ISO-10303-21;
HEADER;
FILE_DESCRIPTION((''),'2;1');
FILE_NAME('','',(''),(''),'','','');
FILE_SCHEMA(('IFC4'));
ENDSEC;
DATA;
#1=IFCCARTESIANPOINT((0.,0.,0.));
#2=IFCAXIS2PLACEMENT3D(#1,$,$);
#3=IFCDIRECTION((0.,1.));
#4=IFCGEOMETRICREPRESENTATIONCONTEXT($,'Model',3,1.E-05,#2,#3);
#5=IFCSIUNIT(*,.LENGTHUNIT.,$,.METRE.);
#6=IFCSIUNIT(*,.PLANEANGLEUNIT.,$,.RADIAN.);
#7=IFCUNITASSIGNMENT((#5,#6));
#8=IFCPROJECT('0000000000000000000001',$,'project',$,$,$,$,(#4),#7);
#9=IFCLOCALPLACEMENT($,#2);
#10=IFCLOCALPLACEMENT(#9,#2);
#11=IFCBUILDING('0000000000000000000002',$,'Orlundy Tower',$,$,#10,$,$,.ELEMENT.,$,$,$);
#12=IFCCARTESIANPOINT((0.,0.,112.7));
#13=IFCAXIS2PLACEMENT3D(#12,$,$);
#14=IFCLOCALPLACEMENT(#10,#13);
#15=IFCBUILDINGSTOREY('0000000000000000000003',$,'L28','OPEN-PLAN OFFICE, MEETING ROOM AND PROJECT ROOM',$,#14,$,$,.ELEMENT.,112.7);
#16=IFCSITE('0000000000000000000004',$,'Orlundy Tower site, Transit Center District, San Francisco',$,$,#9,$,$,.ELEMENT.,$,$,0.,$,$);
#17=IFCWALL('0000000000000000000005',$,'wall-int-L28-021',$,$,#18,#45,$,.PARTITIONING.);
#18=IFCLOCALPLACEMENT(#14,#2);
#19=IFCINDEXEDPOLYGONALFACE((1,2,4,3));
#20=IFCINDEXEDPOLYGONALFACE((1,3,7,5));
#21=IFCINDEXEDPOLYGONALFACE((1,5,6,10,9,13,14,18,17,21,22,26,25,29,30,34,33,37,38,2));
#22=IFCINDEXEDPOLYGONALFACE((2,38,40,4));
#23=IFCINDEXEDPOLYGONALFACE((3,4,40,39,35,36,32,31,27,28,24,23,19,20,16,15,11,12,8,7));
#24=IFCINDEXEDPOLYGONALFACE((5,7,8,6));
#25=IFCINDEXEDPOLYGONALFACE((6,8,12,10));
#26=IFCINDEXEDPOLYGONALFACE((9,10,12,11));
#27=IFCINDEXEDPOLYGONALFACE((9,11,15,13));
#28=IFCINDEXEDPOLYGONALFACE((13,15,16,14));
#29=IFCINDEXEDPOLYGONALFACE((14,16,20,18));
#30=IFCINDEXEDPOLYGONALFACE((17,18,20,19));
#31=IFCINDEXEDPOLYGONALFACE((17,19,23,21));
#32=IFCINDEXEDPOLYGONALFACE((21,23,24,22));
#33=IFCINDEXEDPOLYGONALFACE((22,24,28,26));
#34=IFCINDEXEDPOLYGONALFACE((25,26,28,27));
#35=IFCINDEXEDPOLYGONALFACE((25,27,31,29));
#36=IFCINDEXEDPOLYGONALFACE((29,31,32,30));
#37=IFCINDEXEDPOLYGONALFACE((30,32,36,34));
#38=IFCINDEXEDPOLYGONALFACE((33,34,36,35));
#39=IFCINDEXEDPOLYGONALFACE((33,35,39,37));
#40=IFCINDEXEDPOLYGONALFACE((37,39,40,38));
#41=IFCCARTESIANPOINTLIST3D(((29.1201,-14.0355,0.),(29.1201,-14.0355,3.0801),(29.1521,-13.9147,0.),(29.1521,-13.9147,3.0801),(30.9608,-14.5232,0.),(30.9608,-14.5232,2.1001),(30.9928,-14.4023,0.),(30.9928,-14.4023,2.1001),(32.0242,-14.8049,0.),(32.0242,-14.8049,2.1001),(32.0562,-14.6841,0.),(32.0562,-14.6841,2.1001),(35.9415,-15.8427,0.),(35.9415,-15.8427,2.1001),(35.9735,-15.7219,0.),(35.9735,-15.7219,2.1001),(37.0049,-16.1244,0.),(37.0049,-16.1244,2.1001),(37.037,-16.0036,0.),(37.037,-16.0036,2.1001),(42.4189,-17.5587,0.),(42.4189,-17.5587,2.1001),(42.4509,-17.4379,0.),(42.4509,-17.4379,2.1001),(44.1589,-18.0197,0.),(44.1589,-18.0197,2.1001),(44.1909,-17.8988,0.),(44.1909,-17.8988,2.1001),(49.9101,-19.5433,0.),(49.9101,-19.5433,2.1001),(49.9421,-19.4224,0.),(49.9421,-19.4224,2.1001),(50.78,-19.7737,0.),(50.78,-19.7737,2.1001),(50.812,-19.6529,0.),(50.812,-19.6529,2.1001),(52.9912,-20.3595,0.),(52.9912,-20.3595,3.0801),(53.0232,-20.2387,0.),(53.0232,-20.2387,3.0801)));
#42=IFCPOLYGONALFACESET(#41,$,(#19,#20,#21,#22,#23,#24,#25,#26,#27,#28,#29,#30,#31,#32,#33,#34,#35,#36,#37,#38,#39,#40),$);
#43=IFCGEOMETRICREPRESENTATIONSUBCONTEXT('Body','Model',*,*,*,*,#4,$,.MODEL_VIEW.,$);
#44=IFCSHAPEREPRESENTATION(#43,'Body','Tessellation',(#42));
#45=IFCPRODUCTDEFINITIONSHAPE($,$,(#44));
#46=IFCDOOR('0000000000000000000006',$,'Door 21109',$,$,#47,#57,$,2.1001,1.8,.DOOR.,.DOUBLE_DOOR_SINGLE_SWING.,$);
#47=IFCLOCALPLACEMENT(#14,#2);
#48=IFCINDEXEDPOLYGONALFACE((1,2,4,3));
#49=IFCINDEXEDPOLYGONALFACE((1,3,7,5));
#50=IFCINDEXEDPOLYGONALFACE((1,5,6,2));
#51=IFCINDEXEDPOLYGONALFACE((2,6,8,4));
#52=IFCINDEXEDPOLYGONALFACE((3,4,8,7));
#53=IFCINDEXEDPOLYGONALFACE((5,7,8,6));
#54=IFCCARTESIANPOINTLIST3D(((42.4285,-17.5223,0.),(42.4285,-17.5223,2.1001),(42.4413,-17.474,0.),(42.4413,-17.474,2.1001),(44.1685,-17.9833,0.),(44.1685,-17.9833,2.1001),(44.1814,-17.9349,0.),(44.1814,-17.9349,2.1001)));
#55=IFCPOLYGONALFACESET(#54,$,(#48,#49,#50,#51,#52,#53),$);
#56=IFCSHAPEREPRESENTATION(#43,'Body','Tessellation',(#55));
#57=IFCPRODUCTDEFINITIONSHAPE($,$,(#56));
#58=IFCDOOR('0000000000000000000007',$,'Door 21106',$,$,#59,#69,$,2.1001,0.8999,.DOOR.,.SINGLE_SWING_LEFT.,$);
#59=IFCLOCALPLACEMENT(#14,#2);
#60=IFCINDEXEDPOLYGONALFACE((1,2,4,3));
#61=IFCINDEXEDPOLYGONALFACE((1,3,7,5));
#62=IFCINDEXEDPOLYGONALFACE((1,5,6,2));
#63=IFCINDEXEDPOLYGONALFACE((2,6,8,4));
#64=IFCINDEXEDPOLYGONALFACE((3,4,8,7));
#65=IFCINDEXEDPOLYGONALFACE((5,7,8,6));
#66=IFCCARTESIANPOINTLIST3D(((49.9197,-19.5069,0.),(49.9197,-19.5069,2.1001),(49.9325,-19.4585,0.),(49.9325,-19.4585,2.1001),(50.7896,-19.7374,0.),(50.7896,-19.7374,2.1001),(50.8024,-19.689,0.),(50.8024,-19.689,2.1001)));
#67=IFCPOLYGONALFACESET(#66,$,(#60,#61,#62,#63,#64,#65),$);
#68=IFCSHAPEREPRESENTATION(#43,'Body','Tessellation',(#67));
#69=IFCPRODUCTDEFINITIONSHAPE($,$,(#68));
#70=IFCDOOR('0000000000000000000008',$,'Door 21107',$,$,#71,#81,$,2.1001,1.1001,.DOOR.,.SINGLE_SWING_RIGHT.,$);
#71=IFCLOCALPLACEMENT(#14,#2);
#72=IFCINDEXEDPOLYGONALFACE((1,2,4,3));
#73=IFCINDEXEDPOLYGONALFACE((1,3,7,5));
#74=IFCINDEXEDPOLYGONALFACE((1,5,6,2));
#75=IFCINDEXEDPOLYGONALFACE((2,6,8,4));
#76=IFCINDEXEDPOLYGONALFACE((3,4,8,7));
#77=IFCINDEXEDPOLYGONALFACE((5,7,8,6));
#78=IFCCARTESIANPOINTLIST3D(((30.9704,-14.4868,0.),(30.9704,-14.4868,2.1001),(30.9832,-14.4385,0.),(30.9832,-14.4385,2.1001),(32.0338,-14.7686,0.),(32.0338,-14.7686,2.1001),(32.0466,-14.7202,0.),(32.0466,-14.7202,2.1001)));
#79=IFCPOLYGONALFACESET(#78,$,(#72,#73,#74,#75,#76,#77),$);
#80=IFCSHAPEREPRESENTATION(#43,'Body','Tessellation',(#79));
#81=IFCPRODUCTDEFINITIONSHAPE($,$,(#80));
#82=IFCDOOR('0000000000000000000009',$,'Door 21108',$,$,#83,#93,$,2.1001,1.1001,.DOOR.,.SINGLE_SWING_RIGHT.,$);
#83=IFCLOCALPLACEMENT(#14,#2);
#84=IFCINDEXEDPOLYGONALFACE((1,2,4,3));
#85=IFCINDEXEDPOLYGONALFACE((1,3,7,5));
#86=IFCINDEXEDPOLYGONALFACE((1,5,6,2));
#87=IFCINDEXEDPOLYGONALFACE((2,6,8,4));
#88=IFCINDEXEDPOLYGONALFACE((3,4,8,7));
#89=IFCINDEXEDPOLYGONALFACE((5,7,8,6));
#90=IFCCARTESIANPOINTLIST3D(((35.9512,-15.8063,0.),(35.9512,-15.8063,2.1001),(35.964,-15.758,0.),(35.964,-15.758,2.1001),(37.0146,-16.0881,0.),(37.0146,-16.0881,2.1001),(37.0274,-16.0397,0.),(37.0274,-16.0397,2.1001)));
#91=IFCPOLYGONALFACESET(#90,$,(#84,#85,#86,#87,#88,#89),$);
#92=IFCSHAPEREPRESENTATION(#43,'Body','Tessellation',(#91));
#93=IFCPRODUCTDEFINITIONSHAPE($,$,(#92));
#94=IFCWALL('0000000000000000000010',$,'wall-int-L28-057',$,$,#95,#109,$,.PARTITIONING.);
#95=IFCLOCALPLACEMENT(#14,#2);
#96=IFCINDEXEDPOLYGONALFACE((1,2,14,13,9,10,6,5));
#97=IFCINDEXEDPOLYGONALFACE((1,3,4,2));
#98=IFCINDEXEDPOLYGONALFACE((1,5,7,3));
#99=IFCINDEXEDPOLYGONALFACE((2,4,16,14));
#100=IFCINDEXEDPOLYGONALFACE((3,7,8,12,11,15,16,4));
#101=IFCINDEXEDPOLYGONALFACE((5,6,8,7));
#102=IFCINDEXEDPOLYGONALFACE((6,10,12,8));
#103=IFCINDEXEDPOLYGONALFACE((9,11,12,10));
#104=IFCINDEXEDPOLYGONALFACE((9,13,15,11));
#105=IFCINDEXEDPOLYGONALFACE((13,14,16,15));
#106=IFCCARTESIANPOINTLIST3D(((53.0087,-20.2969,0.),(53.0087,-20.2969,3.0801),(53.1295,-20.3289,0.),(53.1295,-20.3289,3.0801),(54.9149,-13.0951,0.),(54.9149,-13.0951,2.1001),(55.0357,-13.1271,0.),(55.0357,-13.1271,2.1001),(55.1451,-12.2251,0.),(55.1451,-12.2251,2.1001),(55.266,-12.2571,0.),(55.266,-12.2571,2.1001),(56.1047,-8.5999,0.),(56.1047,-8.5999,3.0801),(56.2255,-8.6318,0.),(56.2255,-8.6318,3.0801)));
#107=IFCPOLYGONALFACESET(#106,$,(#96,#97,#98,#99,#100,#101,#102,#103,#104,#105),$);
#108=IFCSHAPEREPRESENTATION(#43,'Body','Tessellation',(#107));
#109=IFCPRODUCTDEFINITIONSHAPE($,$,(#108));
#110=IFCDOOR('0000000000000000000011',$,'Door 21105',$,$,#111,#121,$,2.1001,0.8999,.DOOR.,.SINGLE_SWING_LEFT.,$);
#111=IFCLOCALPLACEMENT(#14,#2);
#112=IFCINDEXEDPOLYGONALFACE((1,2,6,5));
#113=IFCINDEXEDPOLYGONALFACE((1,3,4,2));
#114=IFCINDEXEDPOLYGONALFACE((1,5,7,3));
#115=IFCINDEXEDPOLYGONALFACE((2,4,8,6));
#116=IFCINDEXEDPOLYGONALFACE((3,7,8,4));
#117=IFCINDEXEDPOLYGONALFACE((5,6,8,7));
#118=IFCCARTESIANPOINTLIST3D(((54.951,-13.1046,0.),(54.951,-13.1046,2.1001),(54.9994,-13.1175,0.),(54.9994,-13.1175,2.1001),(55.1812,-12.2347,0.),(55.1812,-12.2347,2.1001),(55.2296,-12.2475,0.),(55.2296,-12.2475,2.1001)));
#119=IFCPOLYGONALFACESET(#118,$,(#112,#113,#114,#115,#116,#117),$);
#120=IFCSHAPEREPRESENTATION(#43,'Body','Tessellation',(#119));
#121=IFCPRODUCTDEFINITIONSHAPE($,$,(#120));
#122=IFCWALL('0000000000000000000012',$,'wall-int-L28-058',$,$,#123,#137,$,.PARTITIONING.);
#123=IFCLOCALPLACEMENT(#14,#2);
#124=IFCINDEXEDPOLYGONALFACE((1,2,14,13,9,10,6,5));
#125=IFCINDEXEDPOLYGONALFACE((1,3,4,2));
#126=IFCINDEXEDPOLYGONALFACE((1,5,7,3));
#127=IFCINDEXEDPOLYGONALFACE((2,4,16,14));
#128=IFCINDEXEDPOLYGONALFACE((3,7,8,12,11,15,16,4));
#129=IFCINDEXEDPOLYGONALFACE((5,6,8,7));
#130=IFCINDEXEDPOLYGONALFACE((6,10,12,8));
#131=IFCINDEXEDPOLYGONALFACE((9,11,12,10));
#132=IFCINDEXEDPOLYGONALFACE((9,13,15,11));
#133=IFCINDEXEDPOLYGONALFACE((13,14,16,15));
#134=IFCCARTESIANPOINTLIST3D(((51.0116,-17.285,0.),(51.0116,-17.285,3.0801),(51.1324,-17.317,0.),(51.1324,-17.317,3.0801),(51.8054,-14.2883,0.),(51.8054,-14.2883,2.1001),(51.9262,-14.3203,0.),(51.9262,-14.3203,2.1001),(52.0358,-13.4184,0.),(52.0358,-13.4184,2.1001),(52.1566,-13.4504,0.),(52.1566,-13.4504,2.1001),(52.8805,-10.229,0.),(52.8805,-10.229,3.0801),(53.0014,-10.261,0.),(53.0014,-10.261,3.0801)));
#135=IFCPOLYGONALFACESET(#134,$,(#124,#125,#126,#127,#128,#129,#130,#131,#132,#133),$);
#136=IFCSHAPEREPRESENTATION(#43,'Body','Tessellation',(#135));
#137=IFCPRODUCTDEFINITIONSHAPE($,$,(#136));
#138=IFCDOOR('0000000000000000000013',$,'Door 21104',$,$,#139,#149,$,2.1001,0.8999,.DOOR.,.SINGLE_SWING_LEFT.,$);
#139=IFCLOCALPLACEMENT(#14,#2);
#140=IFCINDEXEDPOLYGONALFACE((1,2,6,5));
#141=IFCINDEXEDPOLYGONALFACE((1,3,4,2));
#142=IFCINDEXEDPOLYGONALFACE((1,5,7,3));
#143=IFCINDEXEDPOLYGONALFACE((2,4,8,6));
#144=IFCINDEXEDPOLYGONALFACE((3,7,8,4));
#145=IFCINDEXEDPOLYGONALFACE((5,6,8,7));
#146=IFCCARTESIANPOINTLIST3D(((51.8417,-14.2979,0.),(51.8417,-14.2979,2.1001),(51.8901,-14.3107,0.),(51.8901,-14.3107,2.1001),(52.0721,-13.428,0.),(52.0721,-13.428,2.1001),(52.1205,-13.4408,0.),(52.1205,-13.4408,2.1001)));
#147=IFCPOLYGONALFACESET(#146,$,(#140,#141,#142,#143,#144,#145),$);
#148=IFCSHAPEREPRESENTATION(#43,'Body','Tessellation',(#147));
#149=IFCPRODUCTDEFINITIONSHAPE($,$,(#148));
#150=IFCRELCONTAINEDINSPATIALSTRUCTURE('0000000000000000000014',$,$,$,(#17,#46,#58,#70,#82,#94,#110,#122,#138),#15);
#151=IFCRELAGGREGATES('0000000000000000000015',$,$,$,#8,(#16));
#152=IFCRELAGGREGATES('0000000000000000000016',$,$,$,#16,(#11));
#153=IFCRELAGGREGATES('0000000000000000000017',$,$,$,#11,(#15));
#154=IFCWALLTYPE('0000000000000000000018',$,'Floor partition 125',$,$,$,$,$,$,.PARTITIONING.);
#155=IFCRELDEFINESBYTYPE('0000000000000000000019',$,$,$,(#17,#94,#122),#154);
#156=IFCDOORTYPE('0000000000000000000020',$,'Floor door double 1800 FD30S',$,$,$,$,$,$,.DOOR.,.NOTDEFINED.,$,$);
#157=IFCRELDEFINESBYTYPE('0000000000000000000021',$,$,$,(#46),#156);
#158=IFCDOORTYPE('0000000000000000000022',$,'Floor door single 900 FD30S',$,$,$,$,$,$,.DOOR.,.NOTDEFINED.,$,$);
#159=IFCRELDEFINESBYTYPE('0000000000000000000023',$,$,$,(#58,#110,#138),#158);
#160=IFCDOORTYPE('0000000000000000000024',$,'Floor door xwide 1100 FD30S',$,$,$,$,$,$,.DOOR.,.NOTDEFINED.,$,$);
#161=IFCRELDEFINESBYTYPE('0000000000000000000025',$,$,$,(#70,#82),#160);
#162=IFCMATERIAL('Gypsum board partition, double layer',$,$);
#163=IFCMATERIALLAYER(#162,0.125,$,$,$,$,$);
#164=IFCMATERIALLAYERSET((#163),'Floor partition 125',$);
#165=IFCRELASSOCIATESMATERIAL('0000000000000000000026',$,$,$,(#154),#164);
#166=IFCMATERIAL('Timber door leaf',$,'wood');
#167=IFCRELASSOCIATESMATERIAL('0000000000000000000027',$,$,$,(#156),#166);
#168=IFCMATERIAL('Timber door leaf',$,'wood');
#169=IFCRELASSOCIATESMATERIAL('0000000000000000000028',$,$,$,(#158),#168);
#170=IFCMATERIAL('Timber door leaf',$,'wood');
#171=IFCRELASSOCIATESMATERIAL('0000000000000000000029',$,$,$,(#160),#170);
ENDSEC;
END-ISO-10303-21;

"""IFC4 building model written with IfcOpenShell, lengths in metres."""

from ifc_helpers import new_model, si_unit, direction, frame, frame_2d, origin, place, context, subcontext, project, spatial, rectangle, extrude, material, layer, layer_set, type_object, element, fill, save


model = new_model("IFC4")

# Units and contexts
model_context = context("Model", 3, precision=1e-05, world=origin(), true_north=direction((0.0, 1.0)))
body_context = subcontext(model_context, "Body", "Model", "MODEL_VIEW")
ifc_project = project(units=[si_unit("LENGTHUNIT", "METRE"), si_unit("PLANEANGLEUNIT", "RADIAN")], contexts=[model_context])

# Site, building, storey
site_placement = place(None, origin())
site = spatial("IfcSite", under=ifc_project, at=site_placement, Name="Orlundy Tower site, Transit Center District, San Francisco", CompositionType="ELEMENT", RefElevation=0.0)
building_placement = place(site_placement, origin())
building = spatial("IfcBuilding", under=site, at=building_placement, Name="Orlundy Tower", CompositionType="ELEMENT")
storey_placement = place(building_placement, frame((0.0, 0.0, 112.7)))
storey = spatial("IfcBuildingStorey", under=building, at=storey_placement, Name="L28", Description="OPEN-PLAN OFFICE, MEETING ROOM AND PROJECT ROOM", CompositionType="ELEMENT", Elevation=112.7)

# Shared definitions
ifc_material_1 = material(Name="Gypsum board partition, double layer")
ifc_layer_1 = layer(ifc_material_1, 0.125)
ifc_layer_set_1 = layer_set([ifc_layer_1], Name="Floor partition 125")
wall_type_1 = type_object("IfcWallType", Name="Floor partition 125", PredefinedType="PARTITIONING", material=ifc_layer_set_1)

# Wall, openings, doors
wall_1_placement = place(storey_placement, frame((53.0071, -20.2991, 0.0), z_axis=(0.0, 0.0, 1.0), x_axis=(-0.966654, 0.256088, 0.0)))
wall_1 = element("IfcWall", 1, at=wall_1_placement, inside=storey, type_object=wall_type_1, Name="wall-int-L28-021", PredefinedType="PARTITIONING", context=body_context, shape_type="SweptSolid", body=[
    extrude(rectangle(XDim=24.6946, YDim=0.125, at=frame_2d((12.3472, 0.0))), origin(), (0.0, 0.0, 1.0), 3.0801),
])
opening_1_placement = place(wall_1_placement, frame((2.2874, 0.0, 0.0)))
opening_1 = element("IfcOpeningElement", 2, at=opening_1_placement, cuts=wall_1, PredefinedType="OPENING", context=body_context, shape_type="SweptSolid", body=[
    extrude(rectangle(XDim=0.8999, YDim=2.1001, at=frame_2d((0.45, 1.05))), frame((0.0, 0.0725, 0.0), z_axis=(0.0, -1.0, 0.0), x_axis=(1.0, 0.0, 0.0)), (0.0, 0.0, 1.0), 0.145),
])
opening_2_placement = place(wall_1_placement, frame((21.6902, 0.0, 0.0)))
opening_2 = element("IfcOpeningElement", 3, at=opening_2_placement, cuts=wall_1, PredefinedType="OPENING", context=body_context, shape_type="SweptSolid", body=[
    extrude(rectangle(XDim=1.1001, YDim=2.1001, at=frame_2d((0.55, 1.05))), frame((0.0, 0.0725, 0.0), z_axis=(0.0, -1.0, 0.0), x_axis=(1.0, 0.0, 0.0)), (0.0, 0.0, 1.0), 0.145),
])
opening_3_placement = place(wall_1_placement, frame((16.5376, 0.0, 0.0)))
opening_3 = element("IfcOpeningElement", 4, at=opening_3_placement, cuts=wall_1, PredefinedType="OPENING", context=body_context, shape_type="SweptSolid", body=[
    extrude(rectangle(XDim=1.1001, YDim=2.1001, at=frame_2d((0.55, 1.05))), frame((0.0, 0.0725, 0.0), z_axis=(0.0, -1.0, 0.0), x_axis=(1.0, 0.0, 0.0)), (0.0, 0.0, 1.0), 0.145),
])
opening_4_placement = place(wall_1_placement, frame((9.137, 0.0, 0.0)))
opening_4 = element("IfcOpeningElement", 5, at=opening_4_placement, cuts=wall_1, PredefinedType="OPENING", context=body_context, shape_type="SweptSolid", body=[
    extrude(rectangle(XDim=1.8, YDim=2.1001, at=frame_2d((0.8999, 1.05))), frame((0.0, 0.0725, 0.0), z_axis=(0.0, -1.0, 0.0), x_axis=(1.0, 0.0, 0.0)), (0.0, 0.0, 1.0), 0.145),
])
ifc_material_2 = material(Name="Timber door leaf", Category="wood")
door_type_1 = type_object("IfcDoorType", Name="Floor door double 1800 FD30S", OperationType="NOTDEFINED", PredefinedType="DOOR", material=ifc_material_2)
door_1_placement = place(opening_4_placement, origin())
door_1 = element("IfcDoor", 6, at=door_1_placement, inside=storey, type_object=door_type_1, Name="Door 21109", OperationType="DOUBLE_DOOR_SINGLE_SWING", OverallHeight=2.1001, OverallWidth=1.8, PredefinedType="DOOR", context=body_context, shape_type="SweptSolid", body=[
    extrude(rectangle(XDim=1.8, YDim=2.1001, at=frame_2d((0.8999, 1.05))), frame((0.0, 0.0249, 0.0), z_axis=(0.0, -1.0, 0.0), x_axis=(1.0, 0.0, 0.0)), (0.0, 0.0, 1.0), 0.05),
])
fill(opening_4, door_1)
ifc_material_3 = material(Name="Timber door leaf", Category="wood")
door_type_2 = type_object("IfcDoorType", Name="Floor door single 900 FD30S", OperationType="NOTDEFINED", PredefinedType="DOOR", material=ifc_material_3)
door_2_placement = place(opening_1_placement, origin())
door_2 = element("IfcDoor", 7, at=door_2_placement, inside=storey, type_object=door_type_2, Name="Door 21106", OperationType="SINGLE_SWING_LEFT", OverallHeight=2.1001, OverallWidth=0.8999, PredefinedType="DOOR", context=body_context, shape_type="SweptSolid", body=[
    extrude(rectangle(XDim=0.8999, YDim=2.1001, at=frame_2d((0.45, 1.05))), frame((0.0, 0.0249, 0.0), z_axis=(0.0, -1.0, 0.0), x_axis=(1.0, 0.0, 0.0)), (0.0, 0.0, 1.0), 0.05),
])
fill(opening_1, door_2)
ifc_material_4 = material(Name="Timber door leaf", Category="wood")
door_type_3 = type_object("IfcDoorType", Name="Floor door xwide 1100 FD30S", OperationType="NOTDEFINED", PredefinedType="DOOR", material=ifc_material_4)
door_3_placement = place(opening_2_placement, origin())
door_3 = element("IfcDoor", 8, at=door_3_placement, inside=storey, type_object=door_type_3, Name="Door 21107", OperationType="SINGLE_SWING_RIGHT", OverallHeight=2.1001, OverallWidth=1.1001, PredefinedType="DOOR", context=body_context, shape_type="SweptSolid", body=[
    extrude(rectangle(XDim=1.1001, YDim=2.1001, at=frame_2d((0.55, 1.05))), frame((0.0, 0.0249, 0.0), z_axis=(0.0, -1.0, 0.0), x_axis=(1.0, 0.0, 0.0)), (0.0, 0.0, 1.0), 0.05),
])
fill(opening_2, door_3)
door_4_placement = place(opening_3_placement, origin())
door_4 = element("IfcDoor", 9, at=door_4_placement, inside=storey, type_object=door_type_3, Name="Door 21108", OperationType="SINGLE_SWING_RIGHT", OverallHeight=2.1001, OverallWidth=1.1001, PredefinedType="DOOR", context=body_context, shape_type="SweptSolid", body=[
    extrude(rectangle(XDim=1.1001, YDim=2.1001, at=frame_2d((0.55, 1.05))), frame((0.0, 0.0249, 0.0), z_axis=(0.0, -1.0, 0.0), x_axis=(1.0, 0.0, 0.0)), (0.0, 0.0, 1.0), 0.05),
])
fill(opening_3, door_4)

# Walls, openings, doors
wall_2_placement = place(storey_placement, frame((56.165, -8.616, 0.0), z_axis=(0.0, 0.0, 1.0), x_axis=(-0.255868, -0.966712, 0.0)))
wall_2 = element("IfcWall", 10, at=wall_2_placement, inside=storey, type_object=wall_type_1, Name="wall-int-L28-057", PredefinedType="PARTITIONING", context=body_context, shape_type="SweptSolid", body=[
    extrude(rectangle(XDim=12.0999, YDim=0.125, at=frame_2d((6.0498, 0.0))), origin(), (0.0, 0.0, 1.0), 3.0801),
])
opening_5_placement = place(wall_2_placement, frame((3.75, 0.0, 0.0)))
opening_5 = element("IfcOpeningElement", 11, at=opening_5_placement, cuts=wall_2, PredefinedType="OPENING", context=body_context, shape_type="SweptSolid", body=[
    extrude(rectangle(XDim=0.8999, YDim=2.1001, at=frame_2d((0.45, 1.05))), frame((0.0, 0.0725, 0.0), z_axis=(0.0, -1.0, 0.0), x_axis=(1.0, 0.0, 0.0)), (0.0, 0.0, 1.0), 0.145),
])
door_5_placement = place(opening_5_placement, origin())
door_5 = element("IfcDoor", 12, at=door_5_placement, inside=storey, type_object=door_type_2, Name="Door 21105", OperationType="SINGLE_SWING_LEFT", OverallHeight=2.1001, OverallWidth=0.8999, PredefinedType="DOOR", context=body_context, shape_type="SweptSolid", body=[
    extrude(rectangle(XDim=0.8999, YDim=2.1001, at=frame_2d((0.45, 1.05))), frame((0.0, 0.0249, 0.0), z_axis=(0.0, -1.0, 0.0), x_axis=(1.0, 0.0, 0.0)), (0.0, 0.0, 1.0), 0.05),
])
fill(opening_5, door_5)
wall_3_placement = place(storey_placement, frame((51.072, -17.301, 0.0), z_axis=(0.0, 0.0, 1.0), x_axis=(0.256041, 0.966666, 0.0)))
wall_3 = element("IfcWall", 13, at=wall_3_placement, inside=storey, type_object=wall_type_1, Name="wall-int-L28-058", PredefinedType="PARTITIONING", context=body_context, shape_type="SweptSolid", body=[
    extrude(rectangle(XDim=7.2993, YDim=0.125, at=frame_2d((3.6497, 0.0))), origin(), (0.0, 0.0, 1.0), 3.0801),
])
opening_6_placement = place(wall_3_placement, frame((3.1001, 0.0, 0.0)))
opening_6 = element("IfcOpeningElement", 14, at=opening_6_placement, cuts=wall_3, PredefinedType="OPENING", context=body_context, shape_type="SweptSolid", body=[
    extrude(rectangle(XDim=0.8999, YDim=2.1001, at=frame_2d((0.45, 1.05))), frame((0.0, 0.0725, 0.0), z_axis=(0.0, -1.0, 0.0), x_axis=(1.0, 0.0, 0.0)), (0.0, 0.0, 1.0), 0.145),
])
door_6_placement = place(opening_6_placement, origin())
door_6 = element("IfcDoor", 15, at=door_6_placement, inside=storey, type_object=door_type_2, Name="Door 21104", OperationType="SINGLE_SWING_LEFT", OverallHeight=2.1001, OverallWidth=0.8999, PredefinedType="DOOR", context=body_context, shape_type="SweptSolid", body=[
    extrude(rectangle(XDim=0.8999, YDim=2.1001, at=frame_2d((0.45, 1.05))), frame((0.0, 0.0249, 0.0), z_axis=(0.0, -1.0, 0.0), x_axis=(1.0, 0.0, 0.0)), (0.0, 0.0, 1.0), 0.05),
])
fill(opening_6, door_6)

save(model, "model.ifc")
